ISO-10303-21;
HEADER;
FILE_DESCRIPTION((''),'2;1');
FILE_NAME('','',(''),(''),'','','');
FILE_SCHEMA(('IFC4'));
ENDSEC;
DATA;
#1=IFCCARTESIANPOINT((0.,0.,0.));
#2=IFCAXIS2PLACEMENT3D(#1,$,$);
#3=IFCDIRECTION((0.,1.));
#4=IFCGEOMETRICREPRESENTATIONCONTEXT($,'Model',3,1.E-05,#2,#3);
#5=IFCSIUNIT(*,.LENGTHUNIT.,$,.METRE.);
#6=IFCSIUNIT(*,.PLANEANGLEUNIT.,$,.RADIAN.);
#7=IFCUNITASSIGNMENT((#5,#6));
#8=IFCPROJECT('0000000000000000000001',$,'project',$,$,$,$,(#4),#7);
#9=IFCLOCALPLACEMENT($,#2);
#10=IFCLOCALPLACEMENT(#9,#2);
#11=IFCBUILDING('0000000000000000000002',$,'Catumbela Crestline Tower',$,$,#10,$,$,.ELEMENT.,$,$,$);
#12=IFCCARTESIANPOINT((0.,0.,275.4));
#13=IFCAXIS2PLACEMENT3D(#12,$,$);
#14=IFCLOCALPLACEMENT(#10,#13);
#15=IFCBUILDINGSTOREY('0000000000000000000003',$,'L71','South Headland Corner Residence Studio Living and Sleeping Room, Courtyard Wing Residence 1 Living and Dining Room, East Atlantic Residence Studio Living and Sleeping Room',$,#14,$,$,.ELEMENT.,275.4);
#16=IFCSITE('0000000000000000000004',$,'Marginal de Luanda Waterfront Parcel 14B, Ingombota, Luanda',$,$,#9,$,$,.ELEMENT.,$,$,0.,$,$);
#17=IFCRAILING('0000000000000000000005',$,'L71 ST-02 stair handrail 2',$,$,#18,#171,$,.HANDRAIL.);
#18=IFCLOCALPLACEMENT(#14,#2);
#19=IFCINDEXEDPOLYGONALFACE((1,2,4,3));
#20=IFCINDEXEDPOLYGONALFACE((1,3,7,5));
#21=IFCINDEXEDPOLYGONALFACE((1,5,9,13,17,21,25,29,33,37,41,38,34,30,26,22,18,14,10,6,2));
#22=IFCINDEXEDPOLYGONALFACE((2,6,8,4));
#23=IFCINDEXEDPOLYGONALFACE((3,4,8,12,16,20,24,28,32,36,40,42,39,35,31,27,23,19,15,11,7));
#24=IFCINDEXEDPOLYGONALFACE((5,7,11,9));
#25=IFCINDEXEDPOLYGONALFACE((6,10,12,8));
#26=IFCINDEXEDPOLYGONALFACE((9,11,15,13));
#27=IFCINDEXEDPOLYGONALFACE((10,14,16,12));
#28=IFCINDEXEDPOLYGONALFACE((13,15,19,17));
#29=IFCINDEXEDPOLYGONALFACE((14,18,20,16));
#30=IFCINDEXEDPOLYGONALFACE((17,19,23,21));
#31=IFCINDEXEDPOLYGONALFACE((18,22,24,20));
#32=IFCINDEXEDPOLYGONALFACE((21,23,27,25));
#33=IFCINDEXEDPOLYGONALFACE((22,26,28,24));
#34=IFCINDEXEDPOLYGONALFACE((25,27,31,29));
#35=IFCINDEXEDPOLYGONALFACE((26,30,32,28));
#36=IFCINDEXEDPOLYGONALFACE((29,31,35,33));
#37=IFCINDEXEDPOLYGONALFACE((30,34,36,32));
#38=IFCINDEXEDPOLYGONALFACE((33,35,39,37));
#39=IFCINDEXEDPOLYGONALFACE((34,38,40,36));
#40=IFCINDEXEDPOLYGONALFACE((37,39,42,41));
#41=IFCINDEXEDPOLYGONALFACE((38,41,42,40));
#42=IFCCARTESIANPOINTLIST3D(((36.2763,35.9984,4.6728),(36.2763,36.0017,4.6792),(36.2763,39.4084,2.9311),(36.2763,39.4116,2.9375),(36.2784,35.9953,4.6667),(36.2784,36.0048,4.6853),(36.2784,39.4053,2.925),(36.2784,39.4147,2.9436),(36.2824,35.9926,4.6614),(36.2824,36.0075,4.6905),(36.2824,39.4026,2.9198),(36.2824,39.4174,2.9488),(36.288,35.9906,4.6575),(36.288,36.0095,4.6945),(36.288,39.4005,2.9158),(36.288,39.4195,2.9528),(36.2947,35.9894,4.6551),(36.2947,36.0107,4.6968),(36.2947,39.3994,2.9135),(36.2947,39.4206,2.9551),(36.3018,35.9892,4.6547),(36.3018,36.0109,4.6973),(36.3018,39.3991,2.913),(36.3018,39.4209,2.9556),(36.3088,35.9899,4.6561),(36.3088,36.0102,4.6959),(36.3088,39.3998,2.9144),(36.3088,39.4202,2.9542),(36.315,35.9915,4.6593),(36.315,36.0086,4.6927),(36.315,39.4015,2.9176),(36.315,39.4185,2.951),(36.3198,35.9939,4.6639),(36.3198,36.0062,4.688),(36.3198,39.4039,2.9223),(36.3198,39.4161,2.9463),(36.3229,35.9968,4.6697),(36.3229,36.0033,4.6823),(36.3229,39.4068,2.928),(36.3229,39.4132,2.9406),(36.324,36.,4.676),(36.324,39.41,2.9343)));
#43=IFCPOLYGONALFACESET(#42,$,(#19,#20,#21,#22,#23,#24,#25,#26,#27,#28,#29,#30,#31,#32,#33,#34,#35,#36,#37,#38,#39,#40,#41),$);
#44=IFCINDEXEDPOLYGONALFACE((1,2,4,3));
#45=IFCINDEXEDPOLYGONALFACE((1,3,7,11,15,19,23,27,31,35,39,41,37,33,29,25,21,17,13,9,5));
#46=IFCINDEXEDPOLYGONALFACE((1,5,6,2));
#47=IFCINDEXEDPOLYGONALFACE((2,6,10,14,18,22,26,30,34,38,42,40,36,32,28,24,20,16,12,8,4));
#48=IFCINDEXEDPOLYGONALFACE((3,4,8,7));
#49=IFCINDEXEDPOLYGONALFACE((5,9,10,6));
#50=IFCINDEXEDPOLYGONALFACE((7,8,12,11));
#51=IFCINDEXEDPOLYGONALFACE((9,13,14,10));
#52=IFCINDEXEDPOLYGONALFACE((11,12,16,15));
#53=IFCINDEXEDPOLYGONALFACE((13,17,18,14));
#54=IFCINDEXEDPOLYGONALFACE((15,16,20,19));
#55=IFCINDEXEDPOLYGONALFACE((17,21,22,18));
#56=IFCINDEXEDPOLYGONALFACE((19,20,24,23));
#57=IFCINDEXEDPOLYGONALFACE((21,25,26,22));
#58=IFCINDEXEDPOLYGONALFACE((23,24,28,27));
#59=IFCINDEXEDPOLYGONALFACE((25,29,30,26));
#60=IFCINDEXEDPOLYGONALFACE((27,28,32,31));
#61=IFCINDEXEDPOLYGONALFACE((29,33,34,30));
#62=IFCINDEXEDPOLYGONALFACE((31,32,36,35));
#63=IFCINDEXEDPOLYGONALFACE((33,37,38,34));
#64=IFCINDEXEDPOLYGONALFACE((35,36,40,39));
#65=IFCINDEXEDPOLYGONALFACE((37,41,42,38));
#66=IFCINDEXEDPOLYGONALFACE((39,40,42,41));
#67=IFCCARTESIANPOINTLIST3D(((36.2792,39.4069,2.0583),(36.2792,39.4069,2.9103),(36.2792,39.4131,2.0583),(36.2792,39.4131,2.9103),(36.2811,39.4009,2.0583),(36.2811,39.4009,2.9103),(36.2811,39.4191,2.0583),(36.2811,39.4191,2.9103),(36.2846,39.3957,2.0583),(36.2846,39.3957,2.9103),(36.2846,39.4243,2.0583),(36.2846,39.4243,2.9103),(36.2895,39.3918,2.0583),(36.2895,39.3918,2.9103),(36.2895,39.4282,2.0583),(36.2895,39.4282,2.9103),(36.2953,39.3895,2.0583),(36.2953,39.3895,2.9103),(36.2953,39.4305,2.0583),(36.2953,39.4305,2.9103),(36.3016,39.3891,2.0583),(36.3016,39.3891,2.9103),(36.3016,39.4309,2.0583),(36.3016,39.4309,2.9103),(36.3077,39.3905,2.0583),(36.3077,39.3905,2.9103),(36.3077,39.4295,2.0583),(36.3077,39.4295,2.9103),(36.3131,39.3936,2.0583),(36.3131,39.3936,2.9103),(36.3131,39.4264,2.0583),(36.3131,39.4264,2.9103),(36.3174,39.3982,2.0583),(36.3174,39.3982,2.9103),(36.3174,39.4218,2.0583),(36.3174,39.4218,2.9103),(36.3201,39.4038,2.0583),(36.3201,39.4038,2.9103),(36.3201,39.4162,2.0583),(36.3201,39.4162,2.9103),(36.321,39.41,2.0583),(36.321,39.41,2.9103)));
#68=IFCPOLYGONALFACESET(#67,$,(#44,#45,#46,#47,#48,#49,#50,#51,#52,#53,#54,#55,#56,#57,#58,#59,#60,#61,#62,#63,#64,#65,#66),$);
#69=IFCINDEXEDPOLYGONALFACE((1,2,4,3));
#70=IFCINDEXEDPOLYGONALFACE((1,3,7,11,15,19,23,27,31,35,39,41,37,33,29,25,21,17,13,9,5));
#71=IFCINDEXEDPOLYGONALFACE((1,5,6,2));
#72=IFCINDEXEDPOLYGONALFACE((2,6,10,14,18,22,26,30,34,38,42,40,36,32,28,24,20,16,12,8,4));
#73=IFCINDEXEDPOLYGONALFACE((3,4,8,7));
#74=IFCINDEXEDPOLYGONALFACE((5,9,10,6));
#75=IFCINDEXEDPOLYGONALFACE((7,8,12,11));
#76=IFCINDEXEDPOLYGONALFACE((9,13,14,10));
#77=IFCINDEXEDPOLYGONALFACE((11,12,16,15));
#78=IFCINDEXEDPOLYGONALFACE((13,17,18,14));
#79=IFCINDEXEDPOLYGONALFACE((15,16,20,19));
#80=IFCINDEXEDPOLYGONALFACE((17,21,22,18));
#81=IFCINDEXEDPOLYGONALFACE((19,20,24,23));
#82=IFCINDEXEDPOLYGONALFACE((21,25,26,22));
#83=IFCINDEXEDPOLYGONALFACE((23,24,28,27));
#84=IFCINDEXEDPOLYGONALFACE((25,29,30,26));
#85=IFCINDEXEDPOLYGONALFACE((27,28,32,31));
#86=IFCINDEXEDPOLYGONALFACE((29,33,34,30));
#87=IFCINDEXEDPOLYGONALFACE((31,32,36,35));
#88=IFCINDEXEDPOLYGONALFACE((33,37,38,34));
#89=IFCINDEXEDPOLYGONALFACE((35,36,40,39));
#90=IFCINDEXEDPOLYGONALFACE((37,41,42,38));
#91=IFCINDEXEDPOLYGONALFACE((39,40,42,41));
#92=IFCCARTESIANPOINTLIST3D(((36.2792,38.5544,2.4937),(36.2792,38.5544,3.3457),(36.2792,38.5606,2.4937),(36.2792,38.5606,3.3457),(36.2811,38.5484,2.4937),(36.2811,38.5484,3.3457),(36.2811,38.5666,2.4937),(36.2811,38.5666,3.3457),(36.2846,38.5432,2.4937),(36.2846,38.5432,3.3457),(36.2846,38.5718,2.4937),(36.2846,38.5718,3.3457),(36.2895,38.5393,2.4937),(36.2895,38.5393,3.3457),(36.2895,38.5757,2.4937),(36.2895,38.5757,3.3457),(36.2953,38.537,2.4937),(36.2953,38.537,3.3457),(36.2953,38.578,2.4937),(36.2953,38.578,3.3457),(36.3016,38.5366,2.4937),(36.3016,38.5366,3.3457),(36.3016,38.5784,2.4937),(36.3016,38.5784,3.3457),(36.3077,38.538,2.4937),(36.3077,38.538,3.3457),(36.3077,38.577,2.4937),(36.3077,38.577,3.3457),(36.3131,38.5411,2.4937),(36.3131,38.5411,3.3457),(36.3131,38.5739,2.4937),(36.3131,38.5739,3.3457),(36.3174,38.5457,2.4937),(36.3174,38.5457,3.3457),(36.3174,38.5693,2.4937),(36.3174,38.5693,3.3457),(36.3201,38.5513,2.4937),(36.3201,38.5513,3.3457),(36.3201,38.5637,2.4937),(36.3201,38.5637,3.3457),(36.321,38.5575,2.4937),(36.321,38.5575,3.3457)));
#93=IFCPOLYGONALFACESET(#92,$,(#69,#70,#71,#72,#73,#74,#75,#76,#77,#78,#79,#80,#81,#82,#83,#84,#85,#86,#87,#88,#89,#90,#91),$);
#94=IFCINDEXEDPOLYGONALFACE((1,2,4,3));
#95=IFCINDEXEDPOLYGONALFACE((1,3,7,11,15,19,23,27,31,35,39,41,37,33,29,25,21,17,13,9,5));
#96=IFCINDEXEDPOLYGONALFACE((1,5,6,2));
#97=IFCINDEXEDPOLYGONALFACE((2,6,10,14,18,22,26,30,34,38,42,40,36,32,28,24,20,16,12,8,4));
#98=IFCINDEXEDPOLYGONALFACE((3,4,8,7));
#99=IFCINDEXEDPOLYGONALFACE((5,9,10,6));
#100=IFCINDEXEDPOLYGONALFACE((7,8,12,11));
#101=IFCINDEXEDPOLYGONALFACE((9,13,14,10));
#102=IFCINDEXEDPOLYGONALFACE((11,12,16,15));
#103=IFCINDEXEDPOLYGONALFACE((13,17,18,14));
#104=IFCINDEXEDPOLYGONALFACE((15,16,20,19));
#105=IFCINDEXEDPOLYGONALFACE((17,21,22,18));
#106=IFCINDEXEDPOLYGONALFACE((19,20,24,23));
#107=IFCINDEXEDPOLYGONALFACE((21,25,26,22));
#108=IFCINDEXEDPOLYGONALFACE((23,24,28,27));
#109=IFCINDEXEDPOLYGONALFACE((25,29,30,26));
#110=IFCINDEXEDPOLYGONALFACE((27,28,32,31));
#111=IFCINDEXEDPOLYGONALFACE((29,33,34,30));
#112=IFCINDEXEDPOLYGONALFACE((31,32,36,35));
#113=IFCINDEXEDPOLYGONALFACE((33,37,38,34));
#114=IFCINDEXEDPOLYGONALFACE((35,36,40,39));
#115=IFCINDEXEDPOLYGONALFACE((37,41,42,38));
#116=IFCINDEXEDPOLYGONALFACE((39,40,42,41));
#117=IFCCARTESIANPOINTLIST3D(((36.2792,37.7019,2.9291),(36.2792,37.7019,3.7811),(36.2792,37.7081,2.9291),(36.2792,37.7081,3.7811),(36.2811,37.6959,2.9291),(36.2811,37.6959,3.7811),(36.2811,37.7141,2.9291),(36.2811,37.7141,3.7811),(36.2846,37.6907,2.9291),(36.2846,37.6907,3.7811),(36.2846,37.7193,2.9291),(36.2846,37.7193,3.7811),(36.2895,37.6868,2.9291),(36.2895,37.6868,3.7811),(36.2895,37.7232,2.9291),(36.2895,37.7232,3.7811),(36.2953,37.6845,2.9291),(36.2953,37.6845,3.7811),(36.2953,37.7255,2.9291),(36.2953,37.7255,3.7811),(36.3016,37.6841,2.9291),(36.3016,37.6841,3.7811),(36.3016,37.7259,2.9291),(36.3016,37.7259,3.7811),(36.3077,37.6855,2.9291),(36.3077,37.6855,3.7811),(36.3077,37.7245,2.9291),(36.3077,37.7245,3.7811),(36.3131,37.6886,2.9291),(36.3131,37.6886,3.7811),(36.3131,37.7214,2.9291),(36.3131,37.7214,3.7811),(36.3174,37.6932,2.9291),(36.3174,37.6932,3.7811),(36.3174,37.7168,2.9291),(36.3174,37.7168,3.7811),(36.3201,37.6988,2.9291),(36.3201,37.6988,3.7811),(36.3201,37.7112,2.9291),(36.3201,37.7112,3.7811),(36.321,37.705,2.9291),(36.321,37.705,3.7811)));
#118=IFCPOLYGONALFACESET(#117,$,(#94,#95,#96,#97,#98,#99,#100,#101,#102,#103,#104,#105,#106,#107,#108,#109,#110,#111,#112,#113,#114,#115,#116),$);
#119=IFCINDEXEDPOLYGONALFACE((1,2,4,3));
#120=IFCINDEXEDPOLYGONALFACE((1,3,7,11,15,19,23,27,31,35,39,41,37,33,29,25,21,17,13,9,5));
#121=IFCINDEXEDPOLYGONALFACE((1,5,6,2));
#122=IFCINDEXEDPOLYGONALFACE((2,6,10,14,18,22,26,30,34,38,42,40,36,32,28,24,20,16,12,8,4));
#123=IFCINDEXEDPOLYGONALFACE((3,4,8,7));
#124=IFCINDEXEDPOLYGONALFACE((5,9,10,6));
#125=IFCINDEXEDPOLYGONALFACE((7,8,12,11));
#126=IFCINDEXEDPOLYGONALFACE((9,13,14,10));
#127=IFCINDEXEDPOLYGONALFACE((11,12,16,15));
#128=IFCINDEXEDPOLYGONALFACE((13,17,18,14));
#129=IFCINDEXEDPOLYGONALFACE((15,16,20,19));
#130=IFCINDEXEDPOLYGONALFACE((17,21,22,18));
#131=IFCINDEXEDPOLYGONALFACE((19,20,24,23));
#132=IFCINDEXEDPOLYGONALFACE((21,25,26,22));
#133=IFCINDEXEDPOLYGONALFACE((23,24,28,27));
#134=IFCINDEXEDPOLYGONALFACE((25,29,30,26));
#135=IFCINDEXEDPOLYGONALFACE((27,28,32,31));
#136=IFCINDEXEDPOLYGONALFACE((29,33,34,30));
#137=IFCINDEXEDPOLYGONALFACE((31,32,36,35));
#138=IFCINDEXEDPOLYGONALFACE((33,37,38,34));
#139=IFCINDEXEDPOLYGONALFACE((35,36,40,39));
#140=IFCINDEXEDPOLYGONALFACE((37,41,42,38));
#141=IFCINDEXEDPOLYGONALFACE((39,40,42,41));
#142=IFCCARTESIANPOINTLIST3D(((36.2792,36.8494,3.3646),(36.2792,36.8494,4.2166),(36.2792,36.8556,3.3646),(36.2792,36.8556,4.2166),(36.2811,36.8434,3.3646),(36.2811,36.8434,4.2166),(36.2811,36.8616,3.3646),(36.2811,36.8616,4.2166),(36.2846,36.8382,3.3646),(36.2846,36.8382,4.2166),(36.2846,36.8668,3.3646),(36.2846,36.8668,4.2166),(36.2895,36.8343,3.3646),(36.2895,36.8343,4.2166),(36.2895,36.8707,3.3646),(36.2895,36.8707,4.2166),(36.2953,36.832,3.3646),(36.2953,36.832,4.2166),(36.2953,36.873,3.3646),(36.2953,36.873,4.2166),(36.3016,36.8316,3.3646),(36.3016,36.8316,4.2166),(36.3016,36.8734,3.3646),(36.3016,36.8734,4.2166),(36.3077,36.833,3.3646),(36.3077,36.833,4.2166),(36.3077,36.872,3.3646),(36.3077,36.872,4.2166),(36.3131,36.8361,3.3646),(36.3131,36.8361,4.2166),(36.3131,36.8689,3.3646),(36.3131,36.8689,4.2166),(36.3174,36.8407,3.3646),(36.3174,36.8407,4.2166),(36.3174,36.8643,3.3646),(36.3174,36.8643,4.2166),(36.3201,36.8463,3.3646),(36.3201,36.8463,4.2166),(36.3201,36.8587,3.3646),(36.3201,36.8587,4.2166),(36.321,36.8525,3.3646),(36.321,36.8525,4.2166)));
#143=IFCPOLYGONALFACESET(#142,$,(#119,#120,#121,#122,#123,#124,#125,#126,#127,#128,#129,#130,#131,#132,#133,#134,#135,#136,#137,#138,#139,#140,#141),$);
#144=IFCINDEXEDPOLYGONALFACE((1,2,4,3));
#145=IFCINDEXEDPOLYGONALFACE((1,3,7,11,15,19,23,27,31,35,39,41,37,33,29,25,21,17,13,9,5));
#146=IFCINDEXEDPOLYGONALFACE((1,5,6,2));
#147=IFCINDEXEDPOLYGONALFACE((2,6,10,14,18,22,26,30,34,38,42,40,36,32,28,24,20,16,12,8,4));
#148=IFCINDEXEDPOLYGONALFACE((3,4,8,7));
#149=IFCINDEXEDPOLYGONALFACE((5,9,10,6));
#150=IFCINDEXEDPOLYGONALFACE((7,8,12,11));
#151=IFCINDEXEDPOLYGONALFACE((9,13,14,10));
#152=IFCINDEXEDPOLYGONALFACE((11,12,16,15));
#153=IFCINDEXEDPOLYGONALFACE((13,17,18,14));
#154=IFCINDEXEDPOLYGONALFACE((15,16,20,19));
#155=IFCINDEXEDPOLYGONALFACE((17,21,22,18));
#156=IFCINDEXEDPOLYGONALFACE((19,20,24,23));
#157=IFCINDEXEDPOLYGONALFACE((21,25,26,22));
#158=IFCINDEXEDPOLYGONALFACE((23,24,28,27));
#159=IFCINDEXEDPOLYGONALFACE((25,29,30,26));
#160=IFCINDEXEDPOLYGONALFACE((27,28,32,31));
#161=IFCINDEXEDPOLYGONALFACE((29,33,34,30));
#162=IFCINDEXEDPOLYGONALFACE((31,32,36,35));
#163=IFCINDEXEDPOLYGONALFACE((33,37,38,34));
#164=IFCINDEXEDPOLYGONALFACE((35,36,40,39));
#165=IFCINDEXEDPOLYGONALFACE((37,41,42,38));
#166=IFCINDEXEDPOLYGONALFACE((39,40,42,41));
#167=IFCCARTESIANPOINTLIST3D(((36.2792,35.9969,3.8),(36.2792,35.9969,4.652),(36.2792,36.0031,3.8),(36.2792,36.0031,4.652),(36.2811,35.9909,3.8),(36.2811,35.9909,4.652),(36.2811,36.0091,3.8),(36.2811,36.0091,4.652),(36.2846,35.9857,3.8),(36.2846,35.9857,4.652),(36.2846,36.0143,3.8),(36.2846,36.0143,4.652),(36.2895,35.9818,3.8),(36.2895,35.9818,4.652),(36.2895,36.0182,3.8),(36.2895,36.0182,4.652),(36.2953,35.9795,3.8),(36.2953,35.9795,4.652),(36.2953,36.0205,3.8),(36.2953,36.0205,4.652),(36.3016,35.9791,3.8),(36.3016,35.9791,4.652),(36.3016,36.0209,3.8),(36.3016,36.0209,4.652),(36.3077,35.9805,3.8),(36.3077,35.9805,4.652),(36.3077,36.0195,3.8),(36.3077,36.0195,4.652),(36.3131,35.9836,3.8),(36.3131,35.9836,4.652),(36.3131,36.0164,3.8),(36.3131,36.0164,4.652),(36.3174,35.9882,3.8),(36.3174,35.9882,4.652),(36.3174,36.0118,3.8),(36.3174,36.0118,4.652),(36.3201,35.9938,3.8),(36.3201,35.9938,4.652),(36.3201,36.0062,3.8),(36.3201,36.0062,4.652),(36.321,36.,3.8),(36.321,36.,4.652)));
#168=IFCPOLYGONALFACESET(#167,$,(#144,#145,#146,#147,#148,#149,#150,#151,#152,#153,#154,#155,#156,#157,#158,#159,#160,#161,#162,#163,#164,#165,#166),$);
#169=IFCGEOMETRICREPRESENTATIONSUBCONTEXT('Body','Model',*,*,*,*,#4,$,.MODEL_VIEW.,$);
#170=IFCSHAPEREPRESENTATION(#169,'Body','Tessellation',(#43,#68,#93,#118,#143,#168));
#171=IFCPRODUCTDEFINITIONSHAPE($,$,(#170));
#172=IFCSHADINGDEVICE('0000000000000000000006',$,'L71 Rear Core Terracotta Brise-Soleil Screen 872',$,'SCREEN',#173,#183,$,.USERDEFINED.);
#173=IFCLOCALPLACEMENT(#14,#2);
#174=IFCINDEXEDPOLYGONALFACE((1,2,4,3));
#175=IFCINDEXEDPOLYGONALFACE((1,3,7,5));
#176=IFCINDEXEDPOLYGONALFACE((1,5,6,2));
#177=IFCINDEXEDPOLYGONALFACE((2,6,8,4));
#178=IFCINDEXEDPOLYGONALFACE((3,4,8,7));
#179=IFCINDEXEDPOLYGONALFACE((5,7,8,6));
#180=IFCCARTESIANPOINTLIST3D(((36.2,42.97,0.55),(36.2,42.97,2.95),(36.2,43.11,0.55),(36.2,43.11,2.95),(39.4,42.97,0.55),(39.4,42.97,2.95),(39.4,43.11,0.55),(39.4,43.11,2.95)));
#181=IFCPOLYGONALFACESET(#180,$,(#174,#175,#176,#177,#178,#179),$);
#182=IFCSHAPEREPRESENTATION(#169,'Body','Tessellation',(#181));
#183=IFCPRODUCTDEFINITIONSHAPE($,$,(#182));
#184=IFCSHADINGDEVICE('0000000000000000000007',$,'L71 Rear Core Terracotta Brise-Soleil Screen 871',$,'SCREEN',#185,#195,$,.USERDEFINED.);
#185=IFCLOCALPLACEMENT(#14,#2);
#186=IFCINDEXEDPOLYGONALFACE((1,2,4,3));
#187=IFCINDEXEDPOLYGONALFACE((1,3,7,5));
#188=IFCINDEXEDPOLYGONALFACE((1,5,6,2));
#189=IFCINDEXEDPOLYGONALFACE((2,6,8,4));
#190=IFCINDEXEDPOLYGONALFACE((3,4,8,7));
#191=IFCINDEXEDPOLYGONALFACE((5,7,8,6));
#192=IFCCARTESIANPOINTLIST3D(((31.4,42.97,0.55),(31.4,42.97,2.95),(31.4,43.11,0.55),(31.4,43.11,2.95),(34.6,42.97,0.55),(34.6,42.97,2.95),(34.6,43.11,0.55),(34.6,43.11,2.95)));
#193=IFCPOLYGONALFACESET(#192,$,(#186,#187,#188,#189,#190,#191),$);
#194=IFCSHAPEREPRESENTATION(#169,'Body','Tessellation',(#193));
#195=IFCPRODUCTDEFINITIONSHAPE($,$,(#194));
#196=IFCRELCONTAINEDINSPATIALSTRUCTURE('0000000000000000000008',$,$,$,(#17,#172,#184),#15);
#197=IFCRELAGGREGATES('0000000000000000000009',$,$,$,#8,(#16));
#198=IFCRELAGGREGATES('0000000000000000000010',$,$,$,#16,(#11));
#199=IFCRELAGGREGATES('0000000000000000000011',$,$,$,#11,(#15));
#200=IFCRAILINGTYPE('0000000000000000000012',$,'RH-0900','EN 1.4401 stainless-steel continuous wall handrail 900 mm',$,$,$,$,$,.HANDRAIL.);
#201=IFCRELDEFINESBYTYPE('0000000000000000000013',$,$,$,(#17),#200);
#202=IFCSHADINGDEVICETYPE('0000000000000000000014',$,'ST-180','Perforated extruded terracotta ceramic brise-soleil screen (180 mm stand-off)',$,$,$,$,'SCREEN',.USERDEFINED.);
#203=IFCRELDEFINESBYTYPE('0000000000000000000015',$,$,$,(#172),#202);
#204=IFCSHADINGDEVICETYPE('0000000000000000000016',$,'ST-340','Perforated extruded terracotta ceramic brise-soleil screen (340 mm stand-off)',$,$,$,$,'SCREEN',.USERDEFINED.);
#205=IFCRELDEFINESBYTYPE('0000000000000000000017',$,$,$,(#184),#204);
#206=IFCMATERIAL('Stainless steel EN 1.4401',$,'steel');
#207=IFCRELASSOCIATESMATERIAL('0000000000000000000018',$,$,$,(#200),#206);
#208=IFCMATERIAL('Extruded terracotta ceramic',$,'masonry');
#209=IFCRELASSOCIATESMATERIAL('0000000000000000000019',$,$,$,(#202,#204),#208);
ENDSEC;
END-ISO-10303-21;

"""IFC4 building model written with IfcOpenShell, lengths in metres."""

from ifc_helpers import new_model, si_unit, direction, frame, origin, origin_2d, place, context, subcontext, project, spatial, rectangle, circle, extrude, material, type_object, element, save


model = new_model("IFC4")

# Units and contexts
model_context = context("Model", 3, precision=1e-05, world=origin(), true_north=direction((0.0, 1.0)))
body_context = subcontext(model_context, "Body", "Model", "MODEL_VIEW")
ifc_project = project(units=[si_unit("LENGTHUNIT", "METRE"), si_unit("PLANEANGLEUNIT", "RADIAN")], contexts=[model_context])

# Site, building, storey
site_placement = place(None, origin())
site = spatial("IfcSite", under=ifc_project, at=site_placement, Name="Marginal de Luanda Waterfront Parcel 14B, Ingombota, Luanda", CompositionType="ELEMENT", RefElevation=0.0)
building_placement = place(site_placement, origin())
building = spatial("IfcBuilding", under=site, at=building_placement, Name="Catumbela Crestline Tower", CompositionType="ELEMENT")
storey_placement = place(building_placement, frame((0.0, 0.0, 275.4)))
storey = spatial("IfcBuildingStorey", under=building, at=storey_placement, Name="L71", Description="South Headland Corner Residence Studio Living and Sleeping Room, Courtyard Wing Residence 1 Living and Dining Room, East Atlantic Residence Studio Living and Sleeping Room", CompositionType="ELEMENT", Elevation=275.4)

# Shared definitions
ifc_material_1 = material(Name="Stainless steel EN 1.4401", Category="steel")

# Railing
railing_type_1 = type_object("IfcRailingType", Name="RH-0900", Description="EN 1.4401 stainless-steel continuous wall handrail 900 mm", PredefinedType="HANDRAIL", material=ifc_material_1)
railing_1_placement = place(storey_placement, frame((36.3, 39.41, 2.0583)))
element("IfcRailing", 1, at=railing_1_placement, inside=storey, type_object=railing_type_1, Name="L71 ST-02 stair handrail 2", PredefinedType="HANDRAIL", context=body_context, shape_type="SweptSolid", body=[
    extrude(circle(Radius=0.024, at=origin_2d()), frame((0.0, 0.0, 0.876), z_axis=(0.0, -0.89056, 0.454865), x_axis=(1.0, 0.0, 0.0)), (0.0, 0.0, 1.0), 3.829),
    extrude(circle(Radius=0.021, at=origin_2d()), origin(), (0.0, 0.0, 1.0), 0.852),
    extrude(circle(Radius=0.021, at=origin_2d()), frame((0.0, -0.8525, 0.4354)), (0.0, 0.0, 1.0), 0.852),
    extrude(circle(Radius=0.021, at=origin_2d()), frame((0.0, -1.705, 0.8708)), (0.0, 0.0, 1.0), 0.852),
    extrude(circle(Radius=0.021, at=origin_2d()), frame((0.0, -2.5575, 1.3063)), (0.0, 0.0, 1.0), 0.852),
    extrude(circle(Radius=0.021, at=origin_2d()), frame((0.0, -3.41, 1.7417)), (0.0, 0.0, 1.0), 0.852),
])

# Shading devices
ifc_material_2 = material(Name="Extruded terracotta ceramic", Category="masonry")
shading_device_type_1 = type_object("IfcShadingDeviceType", Name="ST-180", Description="Perforated extruded terracotta ceramic brise-soleil screen (180 mm stand-off)", ElementType="SCREEN", PredefinedType="USERDEFINED", material=ifc_material_2)
shading_device_1_placement = place(storey_placement, frame((37.8, 43.04, 0.55), z_axis=(0.0, 0.0, 1.0), x_axis=(1.0, 0.0, 0.0)))
element("IfcShadingDevice", 2, at=shading_device_1_placement, inside=storey, type_object=shading_device_type_1, Name="L71 Rear Core Terracotta Brise-Soleil Screen 872", ObjectType="SCREEN", PredefinedType="USERDEFINED", context=body_context, shape_type="SweptSolid", body=[
    extrude(rectangle(XDim=3.2, YDim=0.14, at=origin_2d()), origin(), (0.0, 0.0, 1.0), 2.4),
])
shading_device_type_2 = type_object("IfcShadingDeviceType", Name="ST-340", Description="Perforated extruded terracotta ceramic brise-soleil screen (340 mm stand-off)", ElementType="SCREEN", PredefinedType="USERDEFINED", material=ifc_material_2)
shading_device_2_placement = place(storey_placement, frame((33.0, 43.04, 0.55), z_axis=(0.0, 0.0, 1.0), x_axis=(1.0, 0.0, 0.0)))
element("IfcShadingDevice", 3, at=shading_device_2_placement, inside=storey, type_object=shading_device_type_2, Name="L71 Rear Core Terracotta Brise-Soleil Screen 871", ObjectType="SCREEN", PredefinedType="USERDEFINED", context=body_context, shape_type="SweptSolid", body=[
    extrude(rectangle(XDim=3.2, YDim=0.14, at=origin_2d()), origin(), (0.0, 0.0, 1.0), 2.4),
])

save(model, "model.ifc")
